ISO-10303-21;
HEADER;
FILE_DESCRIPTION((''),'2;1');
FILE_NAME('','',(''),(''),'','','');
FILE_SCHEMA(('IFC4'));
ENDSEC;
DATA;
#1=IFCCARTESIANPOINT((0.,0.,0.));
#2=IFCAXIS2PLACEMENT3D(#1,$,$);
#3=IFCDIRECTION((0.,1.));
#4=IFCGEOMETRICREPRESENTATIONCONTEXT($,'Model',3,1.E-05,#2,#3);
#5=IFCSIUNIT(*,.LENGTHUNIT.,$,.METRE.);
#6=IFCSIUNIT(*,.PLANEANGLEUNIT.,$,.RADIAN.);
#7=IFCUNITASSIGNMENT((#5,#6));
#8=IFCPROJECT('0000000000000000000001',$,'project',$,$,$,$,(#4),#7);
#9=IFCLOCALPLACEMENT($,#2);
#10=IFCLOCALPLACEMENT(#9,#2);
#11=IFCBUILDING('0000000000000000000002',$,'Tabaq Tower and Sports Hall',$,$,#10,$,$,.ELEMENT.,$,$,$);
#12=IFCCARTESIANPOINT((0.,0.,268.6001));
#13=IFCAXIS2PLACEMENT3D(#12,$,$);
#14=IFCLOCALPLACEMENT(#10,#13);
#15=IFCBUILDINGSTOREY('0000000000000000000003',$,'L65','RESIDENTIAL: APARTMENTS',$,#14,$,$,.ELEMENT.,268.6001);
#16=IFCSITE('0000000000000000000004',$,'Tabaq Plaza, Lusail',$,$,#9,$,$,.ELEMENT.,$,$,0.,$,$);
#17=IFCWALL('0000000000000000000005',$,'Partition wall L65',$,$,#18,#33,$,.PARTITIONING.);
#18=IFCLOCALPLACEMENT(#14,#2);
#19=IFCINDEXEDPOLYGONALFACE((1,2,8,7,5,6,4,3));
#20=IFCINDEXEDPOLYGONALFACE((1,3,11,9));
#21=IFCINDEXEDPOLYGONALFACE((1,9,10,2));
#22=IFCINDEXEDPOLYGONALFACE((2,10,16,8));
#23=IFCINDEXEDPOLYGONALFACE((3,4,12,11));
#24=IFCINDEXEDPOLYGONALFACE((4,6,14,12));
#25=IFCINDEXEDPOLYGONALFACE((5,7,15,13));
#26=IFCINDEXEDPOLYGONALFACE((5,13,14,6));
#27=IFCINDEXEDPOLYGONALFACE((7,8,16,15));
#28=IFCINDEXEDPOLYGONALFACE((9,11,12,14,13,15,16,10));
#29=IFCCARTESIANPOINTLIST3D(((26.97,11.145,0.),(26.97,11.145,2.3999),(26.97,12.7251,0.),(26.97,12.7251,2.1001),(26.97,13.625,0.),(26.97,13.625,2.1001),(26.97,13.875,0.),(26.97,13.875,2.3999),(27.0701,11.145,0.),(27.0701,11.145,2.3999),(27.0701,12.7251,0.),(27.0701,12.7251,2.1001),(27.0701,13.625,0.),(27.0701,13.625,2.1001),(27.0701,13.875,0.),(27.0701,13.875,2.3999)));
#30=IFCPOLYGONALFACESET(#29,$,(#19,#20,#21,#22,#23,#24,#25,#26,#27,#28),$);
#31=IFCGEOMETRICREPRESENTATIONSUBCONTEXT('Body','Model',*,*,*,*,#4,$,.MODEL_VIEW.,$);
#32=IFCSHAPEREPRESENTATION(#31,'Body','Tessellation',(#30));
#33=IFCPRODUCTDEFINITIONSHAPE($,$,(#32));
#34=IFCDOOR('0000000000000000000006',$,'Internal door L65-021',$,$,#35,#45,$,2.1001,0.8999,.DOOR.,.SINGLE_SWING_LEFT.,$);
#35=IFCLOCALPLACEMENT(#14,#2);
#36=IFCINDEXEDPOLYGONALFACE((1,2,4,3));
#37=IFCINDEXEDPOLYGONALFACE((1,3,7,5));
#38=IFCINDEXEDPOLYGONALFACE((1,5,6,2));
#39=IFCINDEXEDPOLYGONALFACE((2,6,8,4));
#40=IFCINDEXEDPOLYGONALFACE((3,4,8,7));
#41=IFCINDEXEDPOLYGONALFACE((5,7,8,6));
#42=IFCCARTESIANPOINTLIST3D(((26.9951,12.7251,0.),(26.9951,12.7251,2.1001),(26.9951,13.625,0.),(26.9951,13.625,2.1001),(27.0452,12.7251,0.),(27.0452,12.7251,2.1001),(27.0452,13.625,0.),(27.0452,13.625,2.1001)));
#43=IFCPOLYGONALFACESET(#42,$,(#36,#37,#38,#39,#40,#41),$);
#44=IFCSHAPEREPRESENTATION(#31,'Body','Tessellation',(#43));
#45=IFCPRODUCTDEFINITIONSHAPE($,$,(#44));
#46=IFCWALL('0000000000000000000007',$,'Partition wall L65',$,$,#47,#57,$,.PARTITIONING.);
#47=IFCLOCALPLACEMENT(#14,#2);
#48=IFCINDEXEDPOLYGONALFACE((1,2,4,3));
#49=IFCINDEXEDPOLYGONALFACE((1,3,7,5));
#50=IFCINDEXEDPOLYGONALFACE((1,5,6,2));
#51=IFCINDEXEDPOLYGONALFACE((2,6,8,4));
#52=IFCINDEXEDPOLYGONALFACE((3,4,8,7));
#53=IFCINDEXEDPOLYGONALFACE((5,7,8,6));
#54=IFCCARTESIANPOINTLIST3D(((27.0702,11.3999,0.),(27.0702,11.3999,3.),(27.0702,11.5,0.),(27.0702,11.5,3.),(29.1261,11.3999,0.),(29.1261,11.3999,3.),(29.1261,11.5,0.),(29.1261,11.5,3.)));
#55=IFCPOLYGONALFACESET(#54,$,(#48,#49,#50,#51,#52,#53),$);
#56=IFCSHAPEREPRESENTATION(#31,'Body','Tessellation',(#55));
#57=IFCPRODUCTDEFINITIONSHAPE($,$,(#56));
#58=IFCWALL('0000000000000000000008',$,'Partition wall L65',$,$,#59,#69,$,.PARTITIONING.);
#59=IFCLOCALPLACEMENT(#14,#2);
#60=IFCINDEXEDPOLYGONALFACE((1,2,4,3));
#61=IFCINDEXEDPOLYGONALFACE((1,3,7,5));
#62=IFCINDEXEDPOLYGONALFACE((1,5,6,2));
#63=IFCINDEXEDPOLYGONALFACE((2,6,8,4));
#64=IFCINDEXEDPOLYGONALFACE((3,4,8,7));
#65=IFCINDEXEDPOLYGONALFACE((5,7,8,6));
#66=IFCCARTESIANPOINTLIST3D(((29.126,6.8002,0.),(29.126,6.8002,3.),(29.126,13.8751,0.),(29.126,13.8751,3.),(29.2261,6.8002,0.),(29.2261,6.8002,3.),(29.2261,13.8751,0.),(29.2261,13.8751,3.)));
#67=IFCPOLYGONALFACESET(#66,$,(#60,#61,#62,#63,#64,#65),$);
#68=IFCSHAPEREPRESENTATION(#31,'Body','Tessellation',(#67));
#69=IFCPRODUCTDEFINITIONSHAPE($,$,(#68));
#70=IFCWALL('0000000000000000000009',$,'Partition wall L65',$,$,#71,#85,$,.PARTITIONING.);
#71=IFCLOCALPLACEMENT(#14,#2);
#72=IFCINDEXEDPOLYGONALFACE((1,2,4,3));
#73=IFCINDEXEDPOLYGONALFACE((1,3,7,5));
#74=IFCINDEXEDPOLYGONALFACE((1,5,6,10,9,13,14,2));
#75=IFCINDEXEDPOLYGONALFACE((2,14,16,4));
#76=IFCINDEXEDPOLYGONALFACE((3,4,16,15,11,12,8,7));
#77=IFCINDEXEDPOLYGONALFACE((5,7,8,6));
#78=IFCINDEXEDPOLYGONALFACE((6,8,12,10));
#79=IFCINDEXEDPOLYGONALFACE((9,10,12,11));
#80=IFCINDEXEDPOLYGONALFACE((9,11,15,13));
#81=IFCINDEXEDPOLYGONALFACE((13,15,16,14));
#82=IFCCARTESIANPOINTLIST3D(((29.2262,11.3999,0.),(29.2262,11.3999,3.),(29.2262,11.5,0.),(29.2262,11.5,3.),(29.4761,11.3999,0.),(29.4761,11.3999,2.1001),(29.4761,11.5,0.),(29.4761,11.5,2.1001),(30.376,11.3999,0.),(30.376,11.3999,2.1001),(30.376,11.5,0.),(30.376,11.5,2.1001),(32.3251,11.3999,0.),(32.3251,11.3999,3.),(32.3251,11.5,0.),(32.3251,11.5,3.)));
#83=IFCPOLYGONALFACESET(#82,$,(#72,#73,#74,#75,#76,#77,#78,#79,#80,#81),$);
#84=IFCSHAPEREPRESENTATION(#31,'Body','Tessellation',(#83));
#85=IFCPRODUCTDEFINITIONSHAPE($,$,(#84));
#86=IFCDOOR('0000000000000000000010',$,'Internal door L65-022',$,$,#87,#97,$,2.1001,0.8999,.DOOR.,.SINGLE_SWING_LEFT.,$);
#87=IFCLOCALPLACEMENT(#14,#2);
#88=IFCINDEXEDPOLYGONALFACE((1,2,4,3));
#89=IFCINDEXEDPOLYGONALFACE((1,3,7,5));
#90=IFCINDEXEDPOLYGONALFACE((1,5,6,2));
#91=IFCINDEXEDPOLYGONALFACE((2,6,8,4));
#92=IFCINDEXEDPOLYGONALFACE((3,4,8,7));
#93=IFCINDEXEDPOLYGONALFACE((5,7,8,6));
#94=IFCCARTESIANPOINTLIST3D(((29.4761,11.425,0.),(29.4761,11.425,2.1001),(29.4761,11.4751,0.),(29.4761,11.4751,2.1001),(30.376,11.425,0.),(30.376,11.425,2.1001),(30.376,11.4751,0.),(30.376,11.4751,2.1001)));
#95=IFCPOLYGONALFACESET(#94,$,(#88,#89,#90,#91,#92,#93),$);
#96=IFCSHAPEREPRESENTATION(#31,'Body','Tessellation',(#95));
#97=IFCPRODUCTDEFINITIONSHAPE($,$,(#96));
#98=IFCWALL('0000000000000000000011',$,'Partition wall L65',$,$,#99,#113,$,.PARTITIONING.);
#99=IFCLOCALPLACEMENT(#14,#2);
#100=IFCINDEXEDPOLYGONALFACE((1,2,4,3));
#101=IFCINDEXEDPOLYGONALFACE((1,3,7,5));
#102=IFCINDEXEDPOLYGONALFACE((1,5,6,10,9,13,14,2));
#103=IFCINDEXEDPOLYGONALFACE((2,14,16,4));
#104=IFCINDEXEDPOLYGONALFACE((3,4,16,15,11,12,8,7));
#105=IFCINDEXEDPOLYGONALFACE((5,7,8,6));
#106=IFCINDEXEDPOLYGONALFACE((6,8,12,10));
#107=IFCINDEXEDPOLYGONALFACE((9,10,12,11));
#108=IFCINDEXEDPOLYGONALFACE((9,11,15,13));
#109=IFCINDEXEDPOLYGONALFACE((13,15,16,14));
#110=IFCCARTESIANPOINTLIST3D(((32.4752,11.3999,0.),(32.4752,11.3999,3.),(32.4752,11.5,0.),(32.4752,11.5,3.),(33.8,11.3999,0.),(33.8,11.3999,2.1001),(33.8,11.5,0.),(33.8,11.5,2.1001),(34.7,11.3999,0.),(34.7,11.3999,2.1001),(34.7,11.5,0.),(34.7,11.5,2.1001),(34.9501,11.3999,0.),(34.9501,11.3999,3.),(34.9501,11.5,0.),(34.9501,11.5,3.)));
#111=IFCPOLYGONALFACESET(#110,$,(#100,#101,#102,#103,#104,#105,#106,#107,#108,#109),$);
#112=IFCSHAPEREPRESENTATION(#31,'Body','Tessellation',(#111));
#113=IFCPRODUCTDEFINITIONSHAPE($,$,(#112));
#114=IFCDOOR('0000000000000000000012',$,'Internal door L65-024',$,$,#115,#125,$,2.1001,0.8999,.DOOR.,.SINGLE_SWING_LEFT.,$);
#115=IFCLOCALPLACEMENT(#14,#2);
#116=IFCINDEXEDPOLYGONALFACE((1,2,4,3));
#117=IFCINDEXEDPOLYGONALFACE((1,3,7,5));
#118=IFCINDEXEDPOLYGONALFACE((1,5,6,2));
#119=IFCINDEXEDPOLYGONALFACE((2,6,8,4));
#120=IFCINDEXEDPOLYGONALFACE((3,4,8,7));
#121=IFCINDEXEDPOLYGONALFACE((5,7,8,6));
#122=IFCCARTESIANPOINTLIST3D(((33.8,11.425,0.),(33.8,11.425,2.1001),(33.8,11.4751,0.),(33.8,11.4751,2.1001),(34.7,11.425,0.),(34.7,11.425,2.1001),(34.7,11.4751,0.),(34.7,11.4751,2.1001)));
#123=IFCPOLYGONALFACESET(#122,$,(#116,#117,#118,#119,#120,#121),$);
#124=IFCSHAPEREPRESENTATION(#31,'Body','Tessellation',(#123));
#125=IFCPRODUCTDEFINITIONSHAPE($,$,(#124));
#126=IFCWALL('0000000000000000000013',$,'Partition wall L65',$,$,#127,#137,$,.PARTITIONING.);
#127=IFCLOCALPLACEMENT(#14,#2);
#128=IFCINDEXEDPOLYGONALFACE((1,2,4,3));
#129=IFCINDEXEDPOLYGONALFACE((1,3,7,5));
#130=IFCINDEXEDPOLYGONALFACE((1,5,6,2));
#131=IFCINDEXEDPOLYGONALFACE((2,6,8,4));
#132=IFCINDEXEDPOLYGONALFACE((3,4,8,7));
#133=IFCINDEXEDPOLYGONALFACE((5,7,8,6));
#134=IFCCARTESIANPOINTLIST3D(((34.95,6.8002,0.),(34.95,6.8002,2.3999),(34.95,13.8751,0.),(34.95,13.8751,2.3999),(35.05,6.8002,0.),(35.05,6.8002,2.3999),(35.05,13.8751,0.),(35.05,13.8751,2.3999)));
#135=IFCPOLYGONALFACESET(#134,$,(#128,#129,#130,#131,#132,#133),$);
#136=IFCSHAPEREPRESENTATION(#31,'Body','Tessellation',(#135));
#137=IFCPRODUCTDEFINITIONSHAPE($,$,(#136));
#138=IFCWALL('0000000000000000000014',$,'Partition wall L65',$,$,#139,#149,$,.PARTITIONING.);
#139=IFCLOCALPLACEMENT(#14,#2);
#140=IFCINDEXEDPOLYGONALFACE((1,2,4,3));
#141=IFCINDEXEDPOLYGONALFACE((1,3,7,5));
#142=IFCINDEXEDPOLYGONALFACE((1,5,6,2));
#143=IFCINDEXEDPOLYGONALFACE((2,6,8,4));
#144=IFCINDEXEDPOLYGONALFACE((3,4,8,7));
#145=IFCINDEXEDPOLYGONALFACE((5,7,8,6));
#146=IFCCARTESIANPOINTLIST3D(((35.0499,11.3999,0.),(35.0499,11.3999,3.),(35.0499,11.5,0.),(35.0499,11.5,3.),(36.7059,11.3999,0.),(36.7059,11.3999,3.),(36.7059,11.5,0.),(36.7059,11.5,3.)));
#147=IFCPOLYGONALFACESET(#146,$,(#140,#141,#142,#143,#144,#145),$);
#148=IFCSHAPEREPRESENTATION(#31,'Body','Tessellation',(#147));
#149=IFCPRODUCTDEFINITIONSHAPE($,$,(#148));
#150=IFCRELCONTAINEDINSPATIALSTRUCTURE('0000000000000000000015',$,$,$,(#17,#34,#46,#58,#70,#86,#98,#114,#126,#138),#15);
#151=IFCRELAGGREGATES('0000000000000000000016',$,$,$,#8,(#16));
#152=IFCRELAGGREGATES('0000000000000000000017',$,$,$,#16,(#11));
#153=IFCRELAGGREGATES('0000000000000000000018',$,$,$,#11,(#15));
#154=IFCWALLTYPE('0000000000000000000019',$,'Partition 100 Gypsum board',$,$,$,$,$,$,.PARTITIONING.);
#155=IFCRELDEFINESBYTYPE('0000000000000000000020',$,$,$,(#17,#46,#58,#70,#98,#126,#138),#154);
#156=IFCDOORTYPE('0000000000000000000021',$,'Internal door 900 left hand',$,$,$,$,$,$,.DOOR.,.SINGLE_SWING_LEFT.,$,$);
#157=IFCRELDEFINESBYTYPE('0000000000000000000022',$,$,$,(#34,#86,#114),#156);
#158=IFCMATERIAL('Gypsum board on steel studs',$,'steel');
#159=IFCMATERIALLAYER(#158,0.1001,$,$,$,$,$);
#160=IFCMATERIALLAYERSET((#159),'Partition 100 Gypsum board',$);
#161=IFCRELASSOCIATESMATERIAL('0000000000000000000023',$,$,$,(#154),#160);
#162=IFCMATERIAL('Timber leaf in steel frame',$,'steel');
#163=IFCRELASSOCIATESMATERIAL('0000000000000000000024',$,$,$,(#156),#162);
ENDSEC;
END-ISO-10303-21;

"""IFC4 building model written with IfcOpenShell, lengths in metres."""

from ifc_helpers import new_model, si_unit, direction, frame, frame_2d, origin, place, context, subcontext, project, spatial, rectangle, extrude, material, layer, layer_set, type_object, element, fill, save


model = new_model("IFC4")

# Units and contexts
model_context = context("Model", 3, precision=1e-05, world=origin(), true_north=direction((0.0, 1.0)))
body_context = subcontext(model_context, "Body", "Model", "MODEL_VIEW")
ifc_project = project(units=[si_unit("LENGTHUNIT", "METRE"), si_unit("PLANEANGLEUNIT", "RADIAN")], contexts=[model_context])

# Site, building, storey
site_placement = place(None, origin())
site = spatial("IfcSite", under=ifc_project, at=site_placement, Name="Tabaq Plaza, Lusail", CompositionType="ELEMENT", RefElevation=0.0)
building_placement = place(site_placement, origin())
building = spatial("IfcBuilding", under=site, at=building_placement, Name="Tabaq Tower and Sports Hall", CompositionType="ELEMENT")
storey_placement = place(building_placement, frame((0.0, 0.0, 268.6001)))
storey = spatial("IfcBuildingStorey", under=building, at=storey_placement, Name="L65", Description="RESIDENTIAL: APARTMENTS", CompositionType="ELEMENT", Elevation=268.6001)

# Wall, opening, door
ifc_material_1 = material(Name="Gypsum board on steel studs", Category="steel")
ifc_layer_1 = layer(ifc_material_1, 0.1001)
ifc_layer_set_1 = layer_set([ifc_layer_1], Name="Partition 100 Gypsum board")
wall_type_1 = type_object("IfcWallType", Name="Partition 100 Gypsum board", PredefinedType="PARTITIONING", material=ifc_layer_set_1)
ifc_material_2 = material(Name="Timber leaf in steel frame", Category="steel")
door_type_1 = type_object("IfcDoorType", Name="Internal door 900 left hand", OperationType="SINGLE_SWING_LEFT", PredefinedType="DOOR", material=ifc_material_2)
wall_1_placement = place(storey_placement, frame((27.02, 11.145, 0.0), z_axis=(0.0, 0.0, 1.0), x_axis=(0.0, 1.0, 0.0)))
wall_1 = element("IfcWall", 1, at=wall_1_placement, inside=storey, type_object=wall_type_1, Name="Partition wall L65", PredefinedType="PARTITIONING", context=body_context, shape_type="SweptSolid", body=[
    extrude(rectangle(XDim=2.73, YDim=0.1001, at=frame_2d((1.365, 0.0))), origin(), (0.0, 0.0, 1.0), 2.3999),
])
opening_1_placement = place(wall_1_placement, frame((1.5801, 0.0, 0.0)))
opening_1 = element("IfcOpeningElement", 2, at=opening_1_placement, cuts=wall_1, PredefinedType="OPENING", context=body_context, shape_type="SweptSolid", body=[
    extrude(rectangle(XDim=0.8999, YDim=2.1001, at=frame_2d((0.45, 1.05))), frame((0.0, 0.05, 0.0), z_axis=(0.0, -1.0, 0.0), x_axis=(1.0, 0.0, 0.0)), (0.0, 0.0, 1.0), 0.1001),
])
door_1_placement = place(opening_1_placement, origin())
door_1 = element("IfcDoor", 3, at=door_1_placement, inside=storey, type_object=door_type_1, Name="Internal door L65-021", OperationType="SINGLE_SWING_LEFT", OverallHeight=2.1001, OverallWidth=0.8999, PredefinedType="DOOR", context=body_context, shape_type="SweptSolid", body=[
    extrude(rectangle(XDim=0.8999, YDim=2.1001, at=frame_2d((0.45, 1.05))), frame((0.0, 0.0249, 0.0), z_axis=(0.0, -1.0, 0.0), x_axis=(1.0, 0.0, 0.0)), (0.0, 0.0, 1.0), 0.05),
])
fill(opening_1, door_1)

# Walls
wall_2_placement = place(storey_placement, frame((29.126, 11.45, 0.0), z_axis=(0.0, 0.0, 1.0), x_axis=(-1.0, 0.0, 0.0)))
element("IfcWall", 4, at=wall_2_placement, inside=storey, type_object=wall_type_1, Name="Partition wall L65", PredefinedType="PARTITIONING", context=body_context, shape_type="SweptSolid", body=[
    extrude(rectangle(XDim=2.0559, YDim=0.1001, at=frame_2d((1.0278, 0.0))), origin(), (0.0, 0.0, 1.0), 3.0),
])
wall_3_placement = place(storey_placement, frame((29.176, 6.8, 0.0), z_axis=(0.0, 0.0, 1.0), x_axis=(0.0, 1.0, 0.0)))
element("IfcWall", 5, at=wall_3_placement, inside=storey, type_object=wall_type_1, Name="Partition wall L65", PredefinedType="PARTITIONING", context=body_context, shape_type="SweptSolid", body=[
    extrude(rectangle(XDim=7.075, YDim=0.1001, at=frame_2d((3.5376, 0.0))), origin(), (0.0, 0.0, 1.0), 3.0),
])

# Walls, openings, doors
wall_4_placement = place(storey_placement, frame((32.325, 11.45, 0.0), z_axis=(0.0, 0.0, 1.0), x_axis=(-1.0, 0.0, 0.0)))
wall_4 = element("IfcWall", 6, at=wall_4_placement, inside=storey, type_object=wall_type_1, Name="Partition wall L65", PredefinedType="PARTITIONING", context=body_context, shape_type="SweptSolid", body=[
    extrude(rectangle(XDim=3.0989, YDim=0.1001, at=frame_2d((1.5493, 0.0))), origin(), (0.0, 0.0, 1.0), 3.0),
])
opening_2_placement = place(wall_4_placement, frame((1.949, 0.0, 0.0)))
opening_2 = element("IfcOpeningElement", 7, at=opening_2_placement, cuts=wall_4, PredefinedType="OPENING", context=body_context, shape_type="SweptSolid", body=[
    extrude(rectangle(XDim=0.8999, YDim=2.1001, at=frame_2d((0.45, 1.05))), frame((0.0, 0.05, 0.0), z_axis=(0.0, -1.0, 0.0), x_axis=(1.0, 0.0, 0.0)), (0.0, 0.0, 1.0), 0.1001),
])
door_2_placement = place(opening_2_placement, origin())
door_2 = element("IfcDoor", 8, at=door_2_placement, inside=storey, type_object=door_type_1, Name="Internal door L65-022", OperationType="SINGLE_SWING_LEFT", OverallHeight=2.1001, OverallWidth=0.8999, PredefinedType="DOOR", context=body_context, shape_type="SweptSolid", body=[
    extrude(rectangle(XDim=0.8999, YDim=2.1001, at=frame_2d((0.45, 1.05))), frame((0.0, 0.0249, 0.0), z_axis=(0.0, -1.0, 0.0), x_axis=(1.0, 0.0, 0.0)), (0.0, 0.0, 1.0), 0.05),
])
fill(opening_2, door_2)
wall_5_placement = place(storey_placement, frame((34.95, 11.45, 0.0), z_axis=(0.0, 0.0, 1.0), x_axis=(-1.0, 0.0, 0.0)))
wall_5 = element("IfcWall", 9, at=wall_5_placement, inside=storey, type_object=wall_type_1, Name="Partition wall L65", PredefinedType="PARTITIONING", context=body_context, shape_type="SweptSolid", body=[
    extrude(rectangle(XDim=2.4749, YDim=0.1001, at=frame_2d((1.2373, 0.0))), origin(), (0.0, 0.0, 1.0), 3.0),
])
opening_3_placement = place(wall_5_placement, frame((0.25, 0.0, 0.0)))
opening_3 = element("IfcOpeningElement", 10, at=opening_3_placement, cuts=wall_5, PredefinedType="OPENING", context=body_context, shape_type="SweptSolid", body=[
    extrude(rectangle(XDim=0.8999, YDim=2.1001, at=frame_2d((0.45, 1.05))), frame((0.0, 0.05, 0.0), z_axis=(0.0, -1.0, 0.0), x_axis=(1.0, 0.0, 0.0)), (0.0, 0.0, 1.0), 0.1001),
])
door_3_placement = place(opening_3_placement, origin())
door_3 = element("IfcDoor", 11, at=door_3_placement, inside=storey, type_object=door_type_1, Name="Internal door L65-024", OperationType="SINGLE_SWING_LEFT", OverallHeight=2.1001, OverallWidth=0.8999, PredefinedType="DOOR", context=body_context, shape_type="SweptSolid", body=[
    extrude(rectangle(XDim=0.8999, YDim=2.1001, at=frame_2d((0.45, 1.05))), frame((0.0, 0.0249, 0.0), z_axis=(0.0, -1.0, 0.0), x_axis=(1.0, 0.0, 0.0)), (0.0, 0.0, 1.0), 0.05),
])
fill(opening_3, door_3)

# Walls
wall_6_placement = place(storey_placement, frame((35.0, 6.8, 0.0), z_axis=(0.0, 0.0, 1.0), x_axis=(0.0, 1.0, 0.0)))
element("IfcWall", 12, at=wall_6_placement, inside=storey, type_object=wall_type_1, Name="Partition wall L65", PredefinedType="PARTITIONING", context=body_context, shape_type="SweptSolid", body=[
    extrude(rectangle(XDim=7.075, YDim=0.1001, at=frame_2d((3.5376, 0.0))), origin(), (0.0, 0.0, 1.0), 2.3999),
])
wall_7_placement = place(storey_placement, frame((36.7061, 11.45, 0.0), z_axis=(0.0, 0.0, 1.0), x_axis=(-1.0, 0.0, 0.0)))
element("IfcWall", 13, at=wall_7_placement, inside=storey, type_object=wall_type_1, Name="Partition wall L65", PredefinedType="PARTITIONING", context=body_context, shape_type="SweptSolid", body=[
    extrude(rectangle(XDim=1.656, YDim=0.1001, at=frame_2d((0.8281, 0.0))), origin(), (0.0, 0.0, 1.0), 3.0),
])

save(model, "model.ifc")
